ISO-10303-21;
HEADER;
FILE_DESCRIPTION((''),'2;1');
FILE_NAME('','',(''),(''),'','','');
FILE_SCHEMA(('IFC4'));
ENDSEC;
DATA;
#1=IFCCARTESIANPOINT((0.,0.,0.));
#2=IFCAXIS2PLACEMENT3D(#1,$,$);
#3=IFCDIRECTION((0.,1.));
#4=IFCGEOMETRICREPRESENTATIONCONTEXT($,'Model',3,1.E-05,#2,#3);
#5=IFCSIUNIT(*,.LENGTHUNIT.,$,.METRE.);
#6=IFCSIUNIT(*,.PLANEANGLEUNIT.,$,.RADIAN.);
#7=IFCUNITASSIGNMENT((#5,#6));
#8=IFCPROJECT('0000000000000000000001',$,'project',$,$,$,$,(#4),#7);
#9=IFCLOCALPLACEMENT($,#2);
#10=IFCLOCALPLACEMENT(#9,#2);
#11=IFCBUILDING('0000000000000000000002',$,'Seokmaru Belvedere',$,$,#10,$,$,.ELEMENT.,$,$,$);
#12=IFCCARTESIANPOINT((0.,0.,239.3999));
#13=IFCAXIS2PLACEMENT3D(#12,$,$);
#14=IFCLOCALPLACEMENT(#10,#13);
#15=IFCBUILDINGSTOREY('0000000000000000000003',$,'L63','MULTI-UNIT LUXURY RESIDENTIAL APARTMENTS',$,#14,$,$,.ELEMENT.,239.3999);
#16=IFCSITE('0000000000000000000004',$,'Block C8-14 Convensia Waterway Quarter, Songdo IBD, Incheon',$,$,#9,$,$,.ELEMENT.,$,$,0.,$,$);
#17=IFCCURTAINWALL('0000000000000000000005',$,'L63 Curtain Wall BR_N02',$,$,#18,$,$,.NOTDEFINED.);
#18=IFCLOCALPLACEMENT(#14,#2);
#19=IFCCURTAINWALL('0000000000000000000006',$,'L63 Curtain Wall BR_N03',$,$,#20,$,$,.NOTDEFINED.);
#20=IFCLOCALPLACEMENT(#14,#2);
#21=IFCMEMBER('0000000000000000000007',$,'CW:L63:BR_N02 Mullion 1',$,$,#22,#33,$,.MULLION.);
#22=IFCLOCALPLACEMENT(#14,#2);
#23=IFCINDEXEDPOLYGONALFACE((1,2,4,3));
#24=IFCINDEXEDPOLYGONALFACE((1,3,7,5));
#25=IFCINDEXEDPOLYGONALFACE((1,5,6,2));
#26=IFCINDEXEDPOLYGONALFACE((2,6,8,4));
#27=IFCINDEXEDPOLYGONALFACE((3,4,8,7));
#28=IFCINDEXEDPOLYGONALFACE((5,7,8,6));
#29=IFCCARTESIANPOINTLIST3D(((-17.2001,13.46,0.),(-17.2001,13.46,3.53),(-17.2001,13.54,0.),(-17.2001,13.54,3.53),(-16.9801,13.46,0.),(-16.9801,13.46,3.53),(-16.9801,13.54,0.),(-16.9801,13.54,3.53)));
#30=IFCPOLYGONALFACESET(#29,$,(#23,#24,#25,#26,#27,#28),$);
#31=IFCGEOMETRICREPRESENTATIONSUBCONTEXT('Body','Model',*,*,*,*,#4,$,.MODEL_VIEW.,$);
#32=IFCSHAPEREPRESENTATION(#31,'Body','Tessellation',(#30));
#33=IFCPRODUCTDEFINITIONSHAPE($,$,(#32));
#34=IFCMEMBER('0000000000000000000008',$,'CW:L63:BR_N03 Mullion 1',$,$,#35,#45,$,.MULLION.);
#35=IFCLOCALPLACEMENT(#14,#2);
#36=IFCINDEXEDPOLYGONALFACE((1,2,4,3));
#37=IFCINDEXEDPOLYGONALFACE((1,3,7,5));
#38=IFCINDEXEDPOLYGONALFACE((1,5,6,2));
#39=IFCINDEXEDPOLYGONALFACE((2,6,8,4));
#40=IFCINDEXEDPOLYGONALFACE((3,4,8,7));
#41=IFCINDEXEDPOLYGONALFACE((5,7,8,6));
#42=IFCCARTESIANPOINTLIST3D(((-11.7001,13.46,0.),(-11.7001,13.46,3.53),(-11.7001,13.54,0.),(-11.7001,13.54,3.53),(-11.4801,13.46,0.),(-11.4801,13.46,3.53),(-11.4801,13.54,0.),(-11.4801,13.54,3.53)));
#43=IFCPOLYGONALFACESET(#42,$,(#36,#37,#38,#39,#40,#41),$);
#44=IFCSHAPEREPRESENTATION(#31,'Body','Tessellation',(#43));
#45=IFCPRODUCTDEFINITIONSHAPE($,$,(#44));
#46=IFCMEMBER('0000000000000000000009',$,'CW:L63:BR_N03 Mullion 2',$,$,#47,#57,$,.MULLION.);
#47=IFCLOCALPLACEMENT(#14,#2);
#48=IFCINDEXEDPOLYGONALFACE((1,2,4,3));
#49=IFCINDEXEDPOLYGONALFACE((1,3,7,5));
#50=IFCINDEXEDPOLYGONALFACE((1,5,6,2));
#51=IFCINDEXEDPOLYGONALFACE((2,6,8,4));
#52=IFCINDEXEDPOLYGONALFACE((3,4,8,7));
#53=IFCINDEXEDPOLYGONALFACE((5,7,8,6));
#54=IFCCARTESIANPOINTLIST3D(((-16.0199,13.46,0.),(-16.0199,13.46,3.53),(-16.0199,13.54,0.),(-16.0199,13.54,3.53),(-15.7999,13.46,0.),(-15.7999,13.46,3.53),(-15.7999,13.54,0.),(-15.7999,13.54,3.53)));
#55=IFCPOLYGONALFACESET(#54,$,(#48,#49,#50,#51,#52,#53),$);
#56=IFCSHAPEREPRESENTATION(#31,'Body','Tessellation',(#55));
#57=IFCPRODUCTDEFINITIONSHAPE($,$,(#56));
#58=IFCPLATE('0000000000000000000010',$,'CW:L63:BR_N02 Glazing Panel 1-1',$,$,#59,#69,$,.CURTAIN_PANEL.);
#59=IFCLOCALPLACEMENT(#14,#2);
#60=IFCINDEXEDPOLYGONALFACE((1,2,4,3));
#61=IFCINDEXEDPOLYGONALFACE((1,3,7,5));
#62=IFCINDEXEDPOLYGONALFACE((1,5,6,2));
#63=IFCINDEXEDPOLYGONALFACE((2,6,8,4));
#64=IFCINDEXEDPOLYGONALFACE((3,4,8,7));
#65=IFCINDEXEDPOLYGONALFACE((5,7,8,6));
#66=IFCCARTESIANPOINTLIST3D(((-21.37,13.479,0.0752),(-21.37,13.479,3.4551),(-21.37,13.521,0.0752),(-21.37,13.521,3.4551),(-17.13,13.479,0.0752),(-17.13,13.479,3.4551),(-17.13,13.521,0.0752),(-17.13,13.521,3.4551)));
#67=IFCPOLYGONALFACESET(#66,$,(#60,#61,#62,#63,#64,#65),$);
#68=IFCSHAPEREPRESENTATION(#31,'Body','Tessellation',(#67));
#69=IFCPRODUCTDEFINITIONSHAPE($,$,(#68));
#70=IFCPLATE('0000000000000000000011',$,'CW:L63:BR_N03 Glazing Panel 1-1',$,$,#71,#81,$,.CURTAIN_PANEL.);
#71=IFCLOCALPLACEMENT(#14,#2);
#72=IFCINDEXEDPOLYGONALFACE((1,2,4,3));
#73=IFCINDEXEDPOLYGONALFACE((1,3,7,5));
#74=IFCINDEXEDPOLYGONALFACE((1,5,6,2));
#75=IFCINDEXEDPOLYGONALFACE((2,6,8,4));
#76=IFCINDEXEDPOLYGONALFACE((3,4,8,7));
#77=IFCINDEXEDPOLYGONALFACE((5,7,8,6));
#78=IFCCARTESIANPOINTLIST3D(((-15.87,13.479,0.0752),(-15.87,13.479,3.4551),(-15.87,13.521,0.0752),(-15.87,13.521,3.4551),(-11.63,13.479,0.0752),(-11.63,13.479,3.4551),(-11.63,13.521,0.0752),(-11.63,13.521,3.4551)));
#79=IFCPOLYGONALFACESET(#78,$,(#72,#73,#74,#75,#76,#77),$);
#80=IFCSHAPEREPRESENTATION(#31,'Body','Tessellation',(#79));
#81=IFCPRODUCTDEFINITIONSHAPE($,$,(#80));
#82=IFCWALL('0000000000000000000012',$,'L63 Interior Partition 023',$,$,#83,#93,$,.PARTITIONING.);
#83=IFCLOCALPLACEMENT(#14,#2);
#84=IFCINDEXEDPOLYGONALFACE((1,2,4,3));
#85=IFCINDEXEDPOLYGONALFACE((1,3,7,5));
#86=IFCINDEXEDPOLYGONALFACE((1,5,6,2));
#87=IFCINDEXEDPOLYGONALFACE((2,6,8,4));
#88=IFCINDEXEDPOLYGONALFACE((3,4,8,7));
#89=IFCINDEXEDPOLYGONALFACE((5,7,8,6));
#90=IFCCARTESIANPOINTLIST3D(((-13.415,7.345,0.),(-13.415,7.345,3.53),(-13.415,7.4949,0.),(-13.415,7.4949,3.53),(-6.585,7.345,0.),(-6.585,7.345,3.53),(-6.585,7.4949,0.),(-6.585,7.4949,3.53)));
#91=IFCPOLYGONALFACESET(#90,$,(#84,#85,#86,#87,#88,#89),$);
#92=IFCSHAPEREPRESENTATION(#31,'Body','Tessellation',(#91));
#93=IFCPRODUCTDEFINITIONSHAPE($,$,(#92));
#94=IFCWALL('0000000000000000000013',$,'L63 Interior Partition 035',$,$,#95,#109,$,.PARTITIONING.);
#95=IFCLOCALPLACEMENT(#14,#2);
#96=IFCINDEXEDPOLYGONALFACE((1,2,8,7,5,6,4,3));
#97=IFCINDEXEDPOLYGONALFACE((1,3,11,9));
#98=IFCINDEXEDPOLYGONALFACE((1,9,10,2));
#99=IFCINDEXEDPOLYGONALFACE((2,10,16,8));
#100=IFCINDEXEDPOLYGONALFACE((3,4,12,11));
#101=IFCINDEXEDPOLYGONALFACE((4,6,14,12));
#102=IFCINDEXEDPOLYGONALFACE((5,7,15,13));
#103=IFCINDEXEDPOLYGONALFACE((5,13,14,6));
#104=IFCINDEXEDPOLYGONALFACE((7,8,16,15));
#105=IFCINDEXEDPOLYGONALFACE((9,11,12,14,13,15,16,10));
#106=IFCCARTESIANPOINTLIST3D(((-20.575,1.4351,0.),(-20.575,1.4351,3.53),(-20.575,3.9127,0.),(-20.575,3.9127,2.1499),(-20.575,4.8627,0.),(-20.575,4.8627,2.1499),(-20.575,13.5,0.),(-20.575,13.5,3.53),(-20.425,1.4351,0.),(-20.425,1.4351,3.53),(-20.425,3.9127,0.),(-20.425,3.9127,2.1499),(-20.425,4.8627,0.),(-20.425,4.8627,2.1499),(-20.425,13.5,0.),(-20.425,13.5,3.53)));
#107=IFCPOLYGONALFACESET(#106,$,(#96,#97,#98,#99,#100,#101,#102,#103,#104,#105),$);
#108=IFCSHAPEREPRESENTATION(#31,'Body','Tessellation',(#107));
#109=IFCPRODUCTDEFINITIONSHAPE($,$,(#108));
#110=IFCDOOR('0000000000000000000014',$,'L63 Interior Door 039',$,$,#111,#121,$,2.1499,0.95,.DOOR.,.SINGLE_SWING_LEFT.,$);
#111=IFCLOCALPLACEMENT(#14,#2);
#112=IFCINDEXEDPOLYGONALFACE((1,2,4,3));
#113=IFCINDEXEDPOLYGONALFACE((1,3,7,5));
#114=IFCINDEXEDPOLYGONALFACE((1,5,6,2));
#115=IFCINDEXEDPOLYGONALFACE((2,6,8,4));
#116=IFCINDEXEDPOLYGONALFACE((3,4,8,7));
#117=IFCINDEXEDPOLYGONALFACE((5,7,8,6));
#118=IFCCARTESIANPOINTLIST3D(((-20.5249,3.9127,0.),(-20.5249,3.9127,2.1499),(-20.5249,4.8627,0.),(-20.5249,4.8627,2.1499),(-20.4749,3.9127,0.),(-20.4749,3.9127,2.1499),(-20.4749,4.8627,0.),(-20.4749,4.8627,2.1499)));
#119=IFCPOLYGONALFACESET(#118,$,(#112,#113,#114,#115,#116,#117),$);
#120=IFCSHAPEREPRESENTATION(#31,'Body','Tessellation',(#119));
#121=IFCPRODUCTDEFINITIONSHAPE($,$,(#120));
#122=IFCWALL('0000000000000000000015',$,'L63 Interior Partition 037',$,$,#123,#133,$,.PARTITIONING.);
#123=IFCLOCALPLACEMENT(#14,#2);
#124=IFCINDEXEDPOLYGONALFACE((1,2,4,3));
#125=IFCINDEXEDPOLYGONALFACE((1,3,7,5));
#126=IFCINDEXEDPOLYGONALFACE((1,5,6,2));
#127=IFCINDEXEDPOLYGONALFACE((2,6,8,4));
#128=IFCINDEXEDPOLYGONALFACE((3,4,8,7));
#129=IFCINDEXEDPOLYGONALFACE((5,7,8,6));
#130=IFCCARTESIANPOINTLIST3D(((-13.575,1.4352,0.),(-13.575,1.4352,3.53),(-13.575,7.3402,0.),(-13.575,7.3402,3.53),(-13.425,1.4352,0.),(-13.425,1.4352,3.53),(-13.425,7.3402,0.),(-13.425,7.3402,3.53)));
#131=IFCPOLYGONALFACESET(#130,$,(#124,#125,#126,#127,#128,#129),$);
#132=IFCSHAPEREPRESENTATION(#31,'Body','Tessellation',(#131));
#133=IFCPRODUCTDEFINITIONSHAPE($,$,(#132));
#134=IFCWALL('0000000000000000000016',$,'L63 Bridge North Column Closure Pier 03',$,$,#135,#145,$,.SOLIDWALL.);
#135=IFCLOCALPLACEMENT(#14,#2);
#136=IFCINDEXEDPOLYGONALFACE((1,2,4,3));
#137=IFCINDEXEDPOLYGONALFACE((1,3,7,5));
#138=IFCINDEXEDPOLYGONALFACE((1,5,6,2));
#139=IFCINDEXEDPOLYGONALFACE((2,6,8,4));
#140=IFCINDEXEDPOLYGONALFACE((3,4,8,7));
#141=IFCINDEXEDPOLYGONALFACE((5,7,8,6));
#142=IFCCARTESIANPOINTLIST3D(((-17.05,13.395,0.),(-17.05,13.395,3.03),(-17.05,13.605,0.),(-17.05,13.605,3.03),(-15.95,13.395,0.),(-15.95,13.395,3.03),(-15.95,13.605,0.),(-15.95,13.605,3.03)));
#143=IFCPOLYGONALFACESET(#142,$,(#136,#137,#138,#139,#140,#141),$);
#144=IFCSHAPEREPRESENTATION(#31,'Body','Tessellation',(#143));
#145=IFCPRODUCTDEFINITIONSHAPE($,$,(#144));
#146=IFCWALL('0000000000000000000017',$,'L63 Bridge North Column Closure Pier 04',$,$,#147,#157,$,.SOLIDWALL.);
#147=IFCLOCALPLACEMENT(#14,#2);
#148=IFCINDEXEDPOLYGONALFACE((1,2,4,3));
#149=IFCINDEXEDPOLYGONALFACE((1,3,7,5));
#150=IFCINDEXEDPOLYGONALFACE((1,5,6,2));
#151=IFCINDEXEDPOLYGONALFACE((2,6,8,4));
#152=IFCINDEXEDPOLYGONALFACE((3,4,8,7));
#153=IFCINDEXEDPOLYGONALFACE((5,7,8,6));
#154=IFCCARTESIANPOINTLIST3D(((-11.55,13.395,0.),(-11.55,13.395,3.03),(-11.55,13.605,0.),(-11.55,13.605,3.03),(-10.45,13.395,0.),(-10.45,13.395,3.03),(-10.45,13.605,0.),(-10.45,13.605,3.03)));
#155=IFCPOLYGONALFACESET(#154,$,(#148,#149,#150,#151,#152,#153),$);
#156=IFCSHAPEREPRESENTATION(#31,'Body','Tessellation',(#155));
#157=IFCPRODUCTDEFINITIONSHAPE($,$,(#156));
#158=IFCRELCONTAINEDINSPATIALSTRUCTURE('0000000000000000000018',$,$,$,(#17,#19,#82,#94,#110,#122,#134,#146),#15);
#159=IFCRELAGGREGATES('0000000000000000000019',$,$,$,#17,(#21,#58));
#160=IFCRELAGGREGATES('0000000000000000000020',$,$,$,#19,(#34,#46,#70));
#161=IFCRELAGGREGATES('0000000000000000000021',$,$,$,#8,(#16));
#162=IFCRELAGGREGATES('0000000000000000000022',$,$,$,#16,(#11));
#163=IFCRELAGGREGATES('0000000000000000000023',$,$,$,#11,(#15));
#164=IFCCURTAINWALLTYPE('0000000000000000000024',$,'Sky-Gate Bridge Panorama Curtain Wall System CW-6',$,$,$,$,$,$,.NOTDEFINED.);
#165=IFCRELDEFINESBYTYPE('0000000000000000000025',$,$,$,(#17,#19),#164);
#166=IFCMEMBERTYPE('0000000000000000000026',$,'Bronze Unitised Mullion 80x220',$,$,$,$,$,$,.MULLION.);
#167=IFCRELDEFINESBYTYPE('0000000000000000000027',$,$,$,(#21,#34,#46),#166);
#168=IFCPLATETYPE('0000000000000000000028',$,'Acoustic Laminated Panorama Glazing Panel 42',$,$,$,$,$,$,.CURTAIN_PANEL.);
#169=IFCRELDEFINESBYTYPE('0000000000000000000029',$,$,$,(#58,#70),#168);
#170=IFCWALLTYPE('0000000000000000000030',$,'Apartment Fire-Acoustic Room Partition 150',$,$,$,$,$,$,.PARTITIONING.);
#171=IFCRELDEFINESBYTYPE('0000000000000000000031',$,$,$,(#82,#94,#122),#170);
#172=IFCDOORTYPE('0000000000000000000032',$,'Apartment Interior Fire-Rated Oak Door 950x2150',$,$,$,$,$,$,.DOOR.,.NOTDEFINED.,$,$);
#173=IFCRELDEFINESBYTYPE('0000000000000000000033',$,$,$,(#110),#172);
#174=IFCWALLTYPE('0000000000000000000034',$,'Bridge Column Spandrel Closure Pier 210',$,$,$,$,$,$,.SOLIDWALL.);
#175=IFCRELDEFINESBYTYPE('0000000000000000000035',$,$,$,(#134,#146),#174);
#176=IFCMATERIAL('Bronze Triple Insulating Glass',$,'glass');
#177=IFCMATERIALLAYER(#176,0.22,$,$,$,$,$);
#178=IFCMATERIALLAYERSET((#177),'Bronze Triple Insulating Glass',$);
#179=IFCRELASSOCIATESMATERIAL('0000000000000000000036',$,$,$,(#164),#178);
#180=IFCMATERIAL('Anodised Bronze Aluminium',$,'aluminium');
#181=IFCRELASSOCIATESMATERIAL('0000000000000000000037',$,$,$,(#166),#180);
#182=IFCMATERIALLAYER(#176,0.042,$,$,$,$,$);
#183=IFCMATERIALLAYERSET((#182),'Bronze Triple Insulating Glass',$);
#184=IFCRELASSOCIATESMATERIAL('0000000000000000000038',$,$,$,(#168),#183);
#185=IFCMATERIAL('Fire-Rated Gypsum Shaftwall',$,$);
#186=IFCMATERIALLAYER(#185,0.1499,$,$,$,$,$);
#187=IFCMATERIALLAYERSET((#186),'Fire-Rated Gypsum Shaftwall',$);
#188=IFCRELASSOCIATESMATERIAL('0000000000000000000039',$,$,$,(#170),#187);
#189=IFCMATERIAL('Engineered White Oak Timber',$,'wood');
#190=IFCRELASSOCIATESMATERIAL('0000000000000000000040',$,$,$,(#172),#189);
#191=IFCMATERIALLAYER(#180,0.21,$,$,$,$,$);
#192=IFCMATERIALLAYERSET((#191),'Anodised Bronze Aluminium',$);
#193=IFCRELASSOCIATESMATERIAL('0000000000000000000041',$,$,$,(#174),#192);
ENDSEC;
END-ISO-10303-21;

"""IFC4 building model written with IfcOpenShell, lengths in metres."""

from ifc_helpers import new_model, si_unit, direction, frame, frame_2d, origin, origin_2d, place, context, subcontext, project, spatial, rectangle, extrude, source, transform, mapped, material, layer, layer_set, material_profile, profile_set, type_object, type_shapes, element, fill, aggregate, save


model = new_model("IFC4")

# Units and contexts
model_context = context("Model", 3, precision=1e-05, world=origin(), true_north=direction((0.0, 1.0)))
body_context = subcontext(model_context, "Body", "Model", "MODEL_VIEW")
ifc_project = project(units=[si_unit("LENGTHUNIT", "METRE"), si_unit("PLANEANGLEUNIT", "RADIAN")], contexts=[model_context])

# Site, building, storey
site_placement = place(None, origin())
site = spatial("IfcSite", under=ifc_project, at=site_placement, Name="Block C8-14 Convensia Waterway Quarter, Songdo IBD, Incheon", CompositionType="ELEMENT", RefElevation=0.0)
building_placement = place(site_placement, origin())
building = spatial("IfcBuilding", under=site, at=building_placement, Name="Seokmaru Belvedere", CompositionType="ELEMENT")
storey_placement = place(building_placement, frame((0.0, 0.0, 239.3999)))
storey = spatial("IfcBuildingStorey", under=building, at=storey_placement, Name="L63", Description="MULTI-UNIT LUXURY RESIDENTIAL APARTMENTS", CompositionType="ELEMENT", Elevation=239.3999)

# Curtain walls
ifc_material_1 = material(Name="Bronze Triple Insulating Glass", Category="glass")
ifc_layer_1 = layer(ifc_material_1, 0.22)
ifc_layer_set_1 = layer_set([ifc_layer_1], Name="Bronze Triple Insulating Glass")
curtain_wall_type = type_object("IfcCurtainWallType", Name="Sky-Gate Bridge Panorama Curtain Wall System CW-6", PredefinedType="NOTDEFINED", material=ifc_layer_set_1)
curtain_wall_1_placement = place(storey_placement, origin())
curtain_wall_1 = element("IfcCurtainWall", 1, at=curtain_wall_1_placement, inside=storey, type_object=curtain_wall_type, Name="L63 Curtain Wall BR_N02", PredefinedType="NOTDEFINED")
ifc_material_2 = material(Name="Anodised Bronze Aluminium", Category="aluminium")
curtain_wall_2_placement = place(storey_placement, origin())
curtain_wall_2 = element("IfcCurtainWall", 2, at=curtain_wall_2_placement, inside=storey, type_object=curtain_wall_type, Name="L63 Curtain Wall BR_N03", PredefinedType="NOTDEFINED")

# Members
ifc_material_profile_1 = material_profile(ifc_material_2, rectangle(XDim=0.0801, YDim=0.22, at=origin_2d()), Name="CW-M-80x220")
ifc_profile_set_1 = profile_set([ifc_material_profile_1], Name="Anodised Bronze Aluminium")
member_type_1 = type_object("IfcMemberType", Name="Bronze Unitised Mullion 80x220", PredefinedType="MULLION", material=ifc_profile_set_1)
shared_shape_1 = source(origin(), body_context, "Body", "SweptSolid", [
    extrude(rectangle(XDim=0.0801, YDim=0.22, at=origin_2d()), origin(), (0.0, 0.0, 1.0), 3.53),
])
type_shapes(member_type_1, [shared_shape_1])
member_1_placement = place(storey_placement, frame((-17.0901, 13.5, 0.0), z_axis=(0.0, 0.0, 1.0), x_axis=(0.0, -1.0, 0.0)))
member_1 = element("IfcMember", 3, at=member_1_placement, type_object=member_type_1, Name="CW:L63:BR_N02 Mullion 1", PredefinedType="MULLION", context=body_context, shape_type="MappedRepresentation", body=[
    mapped(shared_shape_1, transform((0.0, 0.0, 0.0), scale=1.0)),
])
member_2_placement = place(storey_placement, frame((-11.5901, 13.5, 0.0), z_axis=(0.0, 0.0, 1.0), x_axis=(0.0, -1.0, 0.0)))
member_2 = element("IfcMember", 4, at=member_2_placement, type_object=member_type_1, Name="CW:L63:BR_N03 Mullion 1", PredefinedType="MULLION", context=body_context, shape_type="MappedRepresentation", body=[
    mapped(shared_shape_1, transform((0.0, 0.0, 0.0), scale=1.0)),
])
member_3_placement = place(storey_placement, frame((-15.9099, 13.5, 0.0), z_axis=(0.0, 0.0, 1.0), x_axis=(0.0, -1.0, 0.0)))
member_3 = element("IfcMember", 5, at=member_3_placement, type_object=member_type_1, Name="CW:L63:BR_N03 Mullion 2", PredefinedType="MULLION", context=body_context, shape_type="MappedRepresentation", body=[
    mapped(shared_shape_1, transform((0.0, 0.0, 0.0), scale=1.0)),
])

# Plates
ifc_layer_2 = layer(ifc_material_1, 0.042)
ifc_layer_set_2 = layer_set([ifc_layer_2], Name="Bronze Triple Insulating Glass")
plate_type = type_object("IfcPlateType", Name="Acoustic Laminated Panorama Glazing Panel 42", PredefinedType="CURTAIN_PANEL", material=ifc_layer_set_2)
shared_shape_2 = source(origin(), body_context, "Body", "SweptSolid", [
    extrude(rectangle(XDim=4.24, YDim=0.042, at=origin_2d()), origin(), (0.0, 0.0, 1.0), 3.3799),
])
type_shapes(plate_type, [shared_shape_2])
plate_1_placement = place(storey_placement, frame((-19.25, 13.5, 0.0752), z_axis=(0.0, 0.0, 1.0), x_axis=(-1.0, 0.0, 0.0)))
plate_1 = element("IfcPlate", 6, at=plate_1_placement, type_object=plate_type, Name="CW:L63:BR_N02 Glazing Panel 1-1", PredefinedType="CURTAIN_PANEL", context=body_context, shape_type="MappedRepresentation", body=[
    mapped(shared_shape_2, transform((0.0, 0.0, 0.0), scale=1.0)),
])
aggregate(curtain_wall_1, [member_1, plate_1])
plate_2_placement = place(storey_placement, frame((-13.75, 13.5, 0.0752), z_axis=(0.0, 0.0, 1.0), x_axis=(-1.0, 0.0, 0.0)))
plate_2 = element("IfcPlate", 7, at=plate_2_placement, type_object=plate_type, Name="CW:L63:BR_N03 Glazing Panel 1-1", PredefinedType="CURTAIN_PANEL", context=body_context, shape_type="MappedRepresentation", body=[
    mapped(shared_shape_2, transform((0.0, 0.0, 0.0), scale=1.0)),
])
aggregate(curtain_wall_2, [member_2, member_3, plate_2])

# Wall
ifc_material_3 = material(Name="Fire-Rated Gypsum Shaftwall")
ifc_layer_3 = layer(ifc_material_3, 0.1499)
ifc_layer_set_3 = layer_set([ifc_layer_3], Name="Fire-Rated Gypsum Shaftwall")
wall_type_1 = type_object("IfcWallType", Name="Apartment Fire-Acoustic Room Partition 150", PredefinedType="PARTITIONING", material=ifc_layer_set_3)
wall_1_placement = place(storey_placement, frame((-13.415, 7.4199, 0.0), z_axis=(0.0, 0.0, 1.0), x_axis=(1.0, 0.0, 0.0)))
element("IfcWall", 8, at=wall_1_placement, inside=storey, type_object=wall_type_1, Name="L63 Interior Partition 023", PredefinedType="PARTITIONING", context=body_context, shape_type="SweptSolid", body=[
    extrude(rectangle(XDim=6.8301, YDim=0.1499, at=frame_2d((3.415, 0.0))), origin(), (0.0, 0.0, 1.0), 3.53),
])

# Wall, opening, door
wall_2_placement = place(storey_placement, frame((-20.5, 1.4351, 0.0), z_axis=(0.0, 0.0, 1.0), x_axis=(0.0, 1.0, 0.0)))
wall_2 = element("IfcWall", 9, at=wall_2_placement, inside=storey, type_object=wall_type_1, Name="L63 Interior Partition 035", PredefinedType="PARTITIONING", context=body_context, shape_type="SweptSolid", body=[
    extrude(rectangle(XDim=12.0649, YDim=0.1499, at=frame_2d((6.0325, 0.0))), origin(), (0.0, 0.0, 1.0), 3.53),
])
opening_placement = place(wall_2_placement, frame((2.4775, 0.0, 0.0)))
opening = element("IfcOpeningElement", 10, at=opening_placement, cuts=wall_2, PredefinedType="OPENING", context=body_context, shape_type="SweptSolid", body=[
    extrude(rectangle(XDim=0.95, YDim=2.1499, at=frame_2d((0.4751, 1.075))), frame((0.0, 0.085, 0.0), z_axis=(0.0, -1.0, 0.0), x_axis=(1.0, 0.0, 0.0)), (0.0, 0.0, 1.0), 0.1699),
])
ifc_material_4 = material(Name="Engineered White Oak Timber", Category="wood")
door_type = type_object("IfcDoorType", Name="Apartment Interior Fire-Rated Oak Door 950x2150", OperationType="NOTDEFINED", PredefinedType="DOOR", material=ifc_material_4)
shared_shape_3 = source(origin(), body_context, "Body", "SweptSolid", [
    extrude(rectangle(XDim=0.95, YDim=2.1499, at=frame_2d((0.4751, 1.075))), frame((0.0, 0.0249, 0.0), z_axis=(0.0, -1.0, 0.0), x_axis=(1.0, 0.0, 0.0)), (0.0, 0.0, 1.0), 0.05),
])
type_shapes(door_type, [shared_shape_3])
door_placement = place(opening_placement, origin())
door = element("IfcDoor", 11, at=door_placement, inside=storey, type_object=door_type, Name="L63 Interior Door 039", OperationType="SINGLE_SWING_LEFT", OverallHeight=2.1499, OverallWidth=0.95, PredefinedType="DOOR", context=body_context, shape_type="MappedRepresentation", body=[
    mapped(shared_shape_3, transform((0.0, 0.0, 0.0), scale=1.0)),
])
fill(opening, door)

# Walls
wall_3_placement = place(storey_placement, frame((-13.5, 1.4351, 0.0), z_axis=(0.0, 0.0, 1.0), x_axis=(0.0, 1.0, 0.0)))
element("IfcWall", 12, at=wall_3_placement, inside=storey, type_object=wall_type_1, Name="L63 Interior Partition 037", PredefinedType="PARTITIONING", context=body_context, shape_type="SweptSolid", body=[
    extrude(rectangle(XDim=5.905, YDim=0.1499, at=frame_2d((2.9526, 0.0))), origin(), (0.0, 0.0, 1.0), 3.53),
])
ifc_layer_4 = layer(ifc_material_2, 0.21)
ifc_layer_set_4 = layer_set([ifc_layer_4], Name="Anodised Bronze Aluminium")
wall_type_2 = type_object("IfcWallType", Name="Bridge Column Spandrel Closure Pier 210", PredefinedType="SOLIDWALL", material=ifc_layer_set_4)
for number, where, z_axis, x_axis, name in (
    (13, (-17.05, 13.5, 0.0), (0.0, 0.0, 1.0), (1.0, 0.0, 0.0), "L63 Bridge North Column Closure Pier 03"),
    (14, (-11.55, 13.5, 0.0), (0.0, 0.0, 1.0), (1.0, 0.0, 0.0), "L63 Bridge North Column Closure Pier 04"),
):
    element("IfcWall", number, at=place(storey_placement, frame(where, z_axis=z_axis, x_axis=x_axis)), inside=storey, type_object=wall_type_2, Name=name, PredefinedType="SOLIDWALL", context=body_context, shape_type="SweptSolid", body=[
        extrude(rectangle(XDim=1.1001, YDim=0.21, at=frame_2d((0.55, 0.0))), origin(), (0.0, 0.0, 1.0), 3.03),
    ])

save(model, "model.ifc")
